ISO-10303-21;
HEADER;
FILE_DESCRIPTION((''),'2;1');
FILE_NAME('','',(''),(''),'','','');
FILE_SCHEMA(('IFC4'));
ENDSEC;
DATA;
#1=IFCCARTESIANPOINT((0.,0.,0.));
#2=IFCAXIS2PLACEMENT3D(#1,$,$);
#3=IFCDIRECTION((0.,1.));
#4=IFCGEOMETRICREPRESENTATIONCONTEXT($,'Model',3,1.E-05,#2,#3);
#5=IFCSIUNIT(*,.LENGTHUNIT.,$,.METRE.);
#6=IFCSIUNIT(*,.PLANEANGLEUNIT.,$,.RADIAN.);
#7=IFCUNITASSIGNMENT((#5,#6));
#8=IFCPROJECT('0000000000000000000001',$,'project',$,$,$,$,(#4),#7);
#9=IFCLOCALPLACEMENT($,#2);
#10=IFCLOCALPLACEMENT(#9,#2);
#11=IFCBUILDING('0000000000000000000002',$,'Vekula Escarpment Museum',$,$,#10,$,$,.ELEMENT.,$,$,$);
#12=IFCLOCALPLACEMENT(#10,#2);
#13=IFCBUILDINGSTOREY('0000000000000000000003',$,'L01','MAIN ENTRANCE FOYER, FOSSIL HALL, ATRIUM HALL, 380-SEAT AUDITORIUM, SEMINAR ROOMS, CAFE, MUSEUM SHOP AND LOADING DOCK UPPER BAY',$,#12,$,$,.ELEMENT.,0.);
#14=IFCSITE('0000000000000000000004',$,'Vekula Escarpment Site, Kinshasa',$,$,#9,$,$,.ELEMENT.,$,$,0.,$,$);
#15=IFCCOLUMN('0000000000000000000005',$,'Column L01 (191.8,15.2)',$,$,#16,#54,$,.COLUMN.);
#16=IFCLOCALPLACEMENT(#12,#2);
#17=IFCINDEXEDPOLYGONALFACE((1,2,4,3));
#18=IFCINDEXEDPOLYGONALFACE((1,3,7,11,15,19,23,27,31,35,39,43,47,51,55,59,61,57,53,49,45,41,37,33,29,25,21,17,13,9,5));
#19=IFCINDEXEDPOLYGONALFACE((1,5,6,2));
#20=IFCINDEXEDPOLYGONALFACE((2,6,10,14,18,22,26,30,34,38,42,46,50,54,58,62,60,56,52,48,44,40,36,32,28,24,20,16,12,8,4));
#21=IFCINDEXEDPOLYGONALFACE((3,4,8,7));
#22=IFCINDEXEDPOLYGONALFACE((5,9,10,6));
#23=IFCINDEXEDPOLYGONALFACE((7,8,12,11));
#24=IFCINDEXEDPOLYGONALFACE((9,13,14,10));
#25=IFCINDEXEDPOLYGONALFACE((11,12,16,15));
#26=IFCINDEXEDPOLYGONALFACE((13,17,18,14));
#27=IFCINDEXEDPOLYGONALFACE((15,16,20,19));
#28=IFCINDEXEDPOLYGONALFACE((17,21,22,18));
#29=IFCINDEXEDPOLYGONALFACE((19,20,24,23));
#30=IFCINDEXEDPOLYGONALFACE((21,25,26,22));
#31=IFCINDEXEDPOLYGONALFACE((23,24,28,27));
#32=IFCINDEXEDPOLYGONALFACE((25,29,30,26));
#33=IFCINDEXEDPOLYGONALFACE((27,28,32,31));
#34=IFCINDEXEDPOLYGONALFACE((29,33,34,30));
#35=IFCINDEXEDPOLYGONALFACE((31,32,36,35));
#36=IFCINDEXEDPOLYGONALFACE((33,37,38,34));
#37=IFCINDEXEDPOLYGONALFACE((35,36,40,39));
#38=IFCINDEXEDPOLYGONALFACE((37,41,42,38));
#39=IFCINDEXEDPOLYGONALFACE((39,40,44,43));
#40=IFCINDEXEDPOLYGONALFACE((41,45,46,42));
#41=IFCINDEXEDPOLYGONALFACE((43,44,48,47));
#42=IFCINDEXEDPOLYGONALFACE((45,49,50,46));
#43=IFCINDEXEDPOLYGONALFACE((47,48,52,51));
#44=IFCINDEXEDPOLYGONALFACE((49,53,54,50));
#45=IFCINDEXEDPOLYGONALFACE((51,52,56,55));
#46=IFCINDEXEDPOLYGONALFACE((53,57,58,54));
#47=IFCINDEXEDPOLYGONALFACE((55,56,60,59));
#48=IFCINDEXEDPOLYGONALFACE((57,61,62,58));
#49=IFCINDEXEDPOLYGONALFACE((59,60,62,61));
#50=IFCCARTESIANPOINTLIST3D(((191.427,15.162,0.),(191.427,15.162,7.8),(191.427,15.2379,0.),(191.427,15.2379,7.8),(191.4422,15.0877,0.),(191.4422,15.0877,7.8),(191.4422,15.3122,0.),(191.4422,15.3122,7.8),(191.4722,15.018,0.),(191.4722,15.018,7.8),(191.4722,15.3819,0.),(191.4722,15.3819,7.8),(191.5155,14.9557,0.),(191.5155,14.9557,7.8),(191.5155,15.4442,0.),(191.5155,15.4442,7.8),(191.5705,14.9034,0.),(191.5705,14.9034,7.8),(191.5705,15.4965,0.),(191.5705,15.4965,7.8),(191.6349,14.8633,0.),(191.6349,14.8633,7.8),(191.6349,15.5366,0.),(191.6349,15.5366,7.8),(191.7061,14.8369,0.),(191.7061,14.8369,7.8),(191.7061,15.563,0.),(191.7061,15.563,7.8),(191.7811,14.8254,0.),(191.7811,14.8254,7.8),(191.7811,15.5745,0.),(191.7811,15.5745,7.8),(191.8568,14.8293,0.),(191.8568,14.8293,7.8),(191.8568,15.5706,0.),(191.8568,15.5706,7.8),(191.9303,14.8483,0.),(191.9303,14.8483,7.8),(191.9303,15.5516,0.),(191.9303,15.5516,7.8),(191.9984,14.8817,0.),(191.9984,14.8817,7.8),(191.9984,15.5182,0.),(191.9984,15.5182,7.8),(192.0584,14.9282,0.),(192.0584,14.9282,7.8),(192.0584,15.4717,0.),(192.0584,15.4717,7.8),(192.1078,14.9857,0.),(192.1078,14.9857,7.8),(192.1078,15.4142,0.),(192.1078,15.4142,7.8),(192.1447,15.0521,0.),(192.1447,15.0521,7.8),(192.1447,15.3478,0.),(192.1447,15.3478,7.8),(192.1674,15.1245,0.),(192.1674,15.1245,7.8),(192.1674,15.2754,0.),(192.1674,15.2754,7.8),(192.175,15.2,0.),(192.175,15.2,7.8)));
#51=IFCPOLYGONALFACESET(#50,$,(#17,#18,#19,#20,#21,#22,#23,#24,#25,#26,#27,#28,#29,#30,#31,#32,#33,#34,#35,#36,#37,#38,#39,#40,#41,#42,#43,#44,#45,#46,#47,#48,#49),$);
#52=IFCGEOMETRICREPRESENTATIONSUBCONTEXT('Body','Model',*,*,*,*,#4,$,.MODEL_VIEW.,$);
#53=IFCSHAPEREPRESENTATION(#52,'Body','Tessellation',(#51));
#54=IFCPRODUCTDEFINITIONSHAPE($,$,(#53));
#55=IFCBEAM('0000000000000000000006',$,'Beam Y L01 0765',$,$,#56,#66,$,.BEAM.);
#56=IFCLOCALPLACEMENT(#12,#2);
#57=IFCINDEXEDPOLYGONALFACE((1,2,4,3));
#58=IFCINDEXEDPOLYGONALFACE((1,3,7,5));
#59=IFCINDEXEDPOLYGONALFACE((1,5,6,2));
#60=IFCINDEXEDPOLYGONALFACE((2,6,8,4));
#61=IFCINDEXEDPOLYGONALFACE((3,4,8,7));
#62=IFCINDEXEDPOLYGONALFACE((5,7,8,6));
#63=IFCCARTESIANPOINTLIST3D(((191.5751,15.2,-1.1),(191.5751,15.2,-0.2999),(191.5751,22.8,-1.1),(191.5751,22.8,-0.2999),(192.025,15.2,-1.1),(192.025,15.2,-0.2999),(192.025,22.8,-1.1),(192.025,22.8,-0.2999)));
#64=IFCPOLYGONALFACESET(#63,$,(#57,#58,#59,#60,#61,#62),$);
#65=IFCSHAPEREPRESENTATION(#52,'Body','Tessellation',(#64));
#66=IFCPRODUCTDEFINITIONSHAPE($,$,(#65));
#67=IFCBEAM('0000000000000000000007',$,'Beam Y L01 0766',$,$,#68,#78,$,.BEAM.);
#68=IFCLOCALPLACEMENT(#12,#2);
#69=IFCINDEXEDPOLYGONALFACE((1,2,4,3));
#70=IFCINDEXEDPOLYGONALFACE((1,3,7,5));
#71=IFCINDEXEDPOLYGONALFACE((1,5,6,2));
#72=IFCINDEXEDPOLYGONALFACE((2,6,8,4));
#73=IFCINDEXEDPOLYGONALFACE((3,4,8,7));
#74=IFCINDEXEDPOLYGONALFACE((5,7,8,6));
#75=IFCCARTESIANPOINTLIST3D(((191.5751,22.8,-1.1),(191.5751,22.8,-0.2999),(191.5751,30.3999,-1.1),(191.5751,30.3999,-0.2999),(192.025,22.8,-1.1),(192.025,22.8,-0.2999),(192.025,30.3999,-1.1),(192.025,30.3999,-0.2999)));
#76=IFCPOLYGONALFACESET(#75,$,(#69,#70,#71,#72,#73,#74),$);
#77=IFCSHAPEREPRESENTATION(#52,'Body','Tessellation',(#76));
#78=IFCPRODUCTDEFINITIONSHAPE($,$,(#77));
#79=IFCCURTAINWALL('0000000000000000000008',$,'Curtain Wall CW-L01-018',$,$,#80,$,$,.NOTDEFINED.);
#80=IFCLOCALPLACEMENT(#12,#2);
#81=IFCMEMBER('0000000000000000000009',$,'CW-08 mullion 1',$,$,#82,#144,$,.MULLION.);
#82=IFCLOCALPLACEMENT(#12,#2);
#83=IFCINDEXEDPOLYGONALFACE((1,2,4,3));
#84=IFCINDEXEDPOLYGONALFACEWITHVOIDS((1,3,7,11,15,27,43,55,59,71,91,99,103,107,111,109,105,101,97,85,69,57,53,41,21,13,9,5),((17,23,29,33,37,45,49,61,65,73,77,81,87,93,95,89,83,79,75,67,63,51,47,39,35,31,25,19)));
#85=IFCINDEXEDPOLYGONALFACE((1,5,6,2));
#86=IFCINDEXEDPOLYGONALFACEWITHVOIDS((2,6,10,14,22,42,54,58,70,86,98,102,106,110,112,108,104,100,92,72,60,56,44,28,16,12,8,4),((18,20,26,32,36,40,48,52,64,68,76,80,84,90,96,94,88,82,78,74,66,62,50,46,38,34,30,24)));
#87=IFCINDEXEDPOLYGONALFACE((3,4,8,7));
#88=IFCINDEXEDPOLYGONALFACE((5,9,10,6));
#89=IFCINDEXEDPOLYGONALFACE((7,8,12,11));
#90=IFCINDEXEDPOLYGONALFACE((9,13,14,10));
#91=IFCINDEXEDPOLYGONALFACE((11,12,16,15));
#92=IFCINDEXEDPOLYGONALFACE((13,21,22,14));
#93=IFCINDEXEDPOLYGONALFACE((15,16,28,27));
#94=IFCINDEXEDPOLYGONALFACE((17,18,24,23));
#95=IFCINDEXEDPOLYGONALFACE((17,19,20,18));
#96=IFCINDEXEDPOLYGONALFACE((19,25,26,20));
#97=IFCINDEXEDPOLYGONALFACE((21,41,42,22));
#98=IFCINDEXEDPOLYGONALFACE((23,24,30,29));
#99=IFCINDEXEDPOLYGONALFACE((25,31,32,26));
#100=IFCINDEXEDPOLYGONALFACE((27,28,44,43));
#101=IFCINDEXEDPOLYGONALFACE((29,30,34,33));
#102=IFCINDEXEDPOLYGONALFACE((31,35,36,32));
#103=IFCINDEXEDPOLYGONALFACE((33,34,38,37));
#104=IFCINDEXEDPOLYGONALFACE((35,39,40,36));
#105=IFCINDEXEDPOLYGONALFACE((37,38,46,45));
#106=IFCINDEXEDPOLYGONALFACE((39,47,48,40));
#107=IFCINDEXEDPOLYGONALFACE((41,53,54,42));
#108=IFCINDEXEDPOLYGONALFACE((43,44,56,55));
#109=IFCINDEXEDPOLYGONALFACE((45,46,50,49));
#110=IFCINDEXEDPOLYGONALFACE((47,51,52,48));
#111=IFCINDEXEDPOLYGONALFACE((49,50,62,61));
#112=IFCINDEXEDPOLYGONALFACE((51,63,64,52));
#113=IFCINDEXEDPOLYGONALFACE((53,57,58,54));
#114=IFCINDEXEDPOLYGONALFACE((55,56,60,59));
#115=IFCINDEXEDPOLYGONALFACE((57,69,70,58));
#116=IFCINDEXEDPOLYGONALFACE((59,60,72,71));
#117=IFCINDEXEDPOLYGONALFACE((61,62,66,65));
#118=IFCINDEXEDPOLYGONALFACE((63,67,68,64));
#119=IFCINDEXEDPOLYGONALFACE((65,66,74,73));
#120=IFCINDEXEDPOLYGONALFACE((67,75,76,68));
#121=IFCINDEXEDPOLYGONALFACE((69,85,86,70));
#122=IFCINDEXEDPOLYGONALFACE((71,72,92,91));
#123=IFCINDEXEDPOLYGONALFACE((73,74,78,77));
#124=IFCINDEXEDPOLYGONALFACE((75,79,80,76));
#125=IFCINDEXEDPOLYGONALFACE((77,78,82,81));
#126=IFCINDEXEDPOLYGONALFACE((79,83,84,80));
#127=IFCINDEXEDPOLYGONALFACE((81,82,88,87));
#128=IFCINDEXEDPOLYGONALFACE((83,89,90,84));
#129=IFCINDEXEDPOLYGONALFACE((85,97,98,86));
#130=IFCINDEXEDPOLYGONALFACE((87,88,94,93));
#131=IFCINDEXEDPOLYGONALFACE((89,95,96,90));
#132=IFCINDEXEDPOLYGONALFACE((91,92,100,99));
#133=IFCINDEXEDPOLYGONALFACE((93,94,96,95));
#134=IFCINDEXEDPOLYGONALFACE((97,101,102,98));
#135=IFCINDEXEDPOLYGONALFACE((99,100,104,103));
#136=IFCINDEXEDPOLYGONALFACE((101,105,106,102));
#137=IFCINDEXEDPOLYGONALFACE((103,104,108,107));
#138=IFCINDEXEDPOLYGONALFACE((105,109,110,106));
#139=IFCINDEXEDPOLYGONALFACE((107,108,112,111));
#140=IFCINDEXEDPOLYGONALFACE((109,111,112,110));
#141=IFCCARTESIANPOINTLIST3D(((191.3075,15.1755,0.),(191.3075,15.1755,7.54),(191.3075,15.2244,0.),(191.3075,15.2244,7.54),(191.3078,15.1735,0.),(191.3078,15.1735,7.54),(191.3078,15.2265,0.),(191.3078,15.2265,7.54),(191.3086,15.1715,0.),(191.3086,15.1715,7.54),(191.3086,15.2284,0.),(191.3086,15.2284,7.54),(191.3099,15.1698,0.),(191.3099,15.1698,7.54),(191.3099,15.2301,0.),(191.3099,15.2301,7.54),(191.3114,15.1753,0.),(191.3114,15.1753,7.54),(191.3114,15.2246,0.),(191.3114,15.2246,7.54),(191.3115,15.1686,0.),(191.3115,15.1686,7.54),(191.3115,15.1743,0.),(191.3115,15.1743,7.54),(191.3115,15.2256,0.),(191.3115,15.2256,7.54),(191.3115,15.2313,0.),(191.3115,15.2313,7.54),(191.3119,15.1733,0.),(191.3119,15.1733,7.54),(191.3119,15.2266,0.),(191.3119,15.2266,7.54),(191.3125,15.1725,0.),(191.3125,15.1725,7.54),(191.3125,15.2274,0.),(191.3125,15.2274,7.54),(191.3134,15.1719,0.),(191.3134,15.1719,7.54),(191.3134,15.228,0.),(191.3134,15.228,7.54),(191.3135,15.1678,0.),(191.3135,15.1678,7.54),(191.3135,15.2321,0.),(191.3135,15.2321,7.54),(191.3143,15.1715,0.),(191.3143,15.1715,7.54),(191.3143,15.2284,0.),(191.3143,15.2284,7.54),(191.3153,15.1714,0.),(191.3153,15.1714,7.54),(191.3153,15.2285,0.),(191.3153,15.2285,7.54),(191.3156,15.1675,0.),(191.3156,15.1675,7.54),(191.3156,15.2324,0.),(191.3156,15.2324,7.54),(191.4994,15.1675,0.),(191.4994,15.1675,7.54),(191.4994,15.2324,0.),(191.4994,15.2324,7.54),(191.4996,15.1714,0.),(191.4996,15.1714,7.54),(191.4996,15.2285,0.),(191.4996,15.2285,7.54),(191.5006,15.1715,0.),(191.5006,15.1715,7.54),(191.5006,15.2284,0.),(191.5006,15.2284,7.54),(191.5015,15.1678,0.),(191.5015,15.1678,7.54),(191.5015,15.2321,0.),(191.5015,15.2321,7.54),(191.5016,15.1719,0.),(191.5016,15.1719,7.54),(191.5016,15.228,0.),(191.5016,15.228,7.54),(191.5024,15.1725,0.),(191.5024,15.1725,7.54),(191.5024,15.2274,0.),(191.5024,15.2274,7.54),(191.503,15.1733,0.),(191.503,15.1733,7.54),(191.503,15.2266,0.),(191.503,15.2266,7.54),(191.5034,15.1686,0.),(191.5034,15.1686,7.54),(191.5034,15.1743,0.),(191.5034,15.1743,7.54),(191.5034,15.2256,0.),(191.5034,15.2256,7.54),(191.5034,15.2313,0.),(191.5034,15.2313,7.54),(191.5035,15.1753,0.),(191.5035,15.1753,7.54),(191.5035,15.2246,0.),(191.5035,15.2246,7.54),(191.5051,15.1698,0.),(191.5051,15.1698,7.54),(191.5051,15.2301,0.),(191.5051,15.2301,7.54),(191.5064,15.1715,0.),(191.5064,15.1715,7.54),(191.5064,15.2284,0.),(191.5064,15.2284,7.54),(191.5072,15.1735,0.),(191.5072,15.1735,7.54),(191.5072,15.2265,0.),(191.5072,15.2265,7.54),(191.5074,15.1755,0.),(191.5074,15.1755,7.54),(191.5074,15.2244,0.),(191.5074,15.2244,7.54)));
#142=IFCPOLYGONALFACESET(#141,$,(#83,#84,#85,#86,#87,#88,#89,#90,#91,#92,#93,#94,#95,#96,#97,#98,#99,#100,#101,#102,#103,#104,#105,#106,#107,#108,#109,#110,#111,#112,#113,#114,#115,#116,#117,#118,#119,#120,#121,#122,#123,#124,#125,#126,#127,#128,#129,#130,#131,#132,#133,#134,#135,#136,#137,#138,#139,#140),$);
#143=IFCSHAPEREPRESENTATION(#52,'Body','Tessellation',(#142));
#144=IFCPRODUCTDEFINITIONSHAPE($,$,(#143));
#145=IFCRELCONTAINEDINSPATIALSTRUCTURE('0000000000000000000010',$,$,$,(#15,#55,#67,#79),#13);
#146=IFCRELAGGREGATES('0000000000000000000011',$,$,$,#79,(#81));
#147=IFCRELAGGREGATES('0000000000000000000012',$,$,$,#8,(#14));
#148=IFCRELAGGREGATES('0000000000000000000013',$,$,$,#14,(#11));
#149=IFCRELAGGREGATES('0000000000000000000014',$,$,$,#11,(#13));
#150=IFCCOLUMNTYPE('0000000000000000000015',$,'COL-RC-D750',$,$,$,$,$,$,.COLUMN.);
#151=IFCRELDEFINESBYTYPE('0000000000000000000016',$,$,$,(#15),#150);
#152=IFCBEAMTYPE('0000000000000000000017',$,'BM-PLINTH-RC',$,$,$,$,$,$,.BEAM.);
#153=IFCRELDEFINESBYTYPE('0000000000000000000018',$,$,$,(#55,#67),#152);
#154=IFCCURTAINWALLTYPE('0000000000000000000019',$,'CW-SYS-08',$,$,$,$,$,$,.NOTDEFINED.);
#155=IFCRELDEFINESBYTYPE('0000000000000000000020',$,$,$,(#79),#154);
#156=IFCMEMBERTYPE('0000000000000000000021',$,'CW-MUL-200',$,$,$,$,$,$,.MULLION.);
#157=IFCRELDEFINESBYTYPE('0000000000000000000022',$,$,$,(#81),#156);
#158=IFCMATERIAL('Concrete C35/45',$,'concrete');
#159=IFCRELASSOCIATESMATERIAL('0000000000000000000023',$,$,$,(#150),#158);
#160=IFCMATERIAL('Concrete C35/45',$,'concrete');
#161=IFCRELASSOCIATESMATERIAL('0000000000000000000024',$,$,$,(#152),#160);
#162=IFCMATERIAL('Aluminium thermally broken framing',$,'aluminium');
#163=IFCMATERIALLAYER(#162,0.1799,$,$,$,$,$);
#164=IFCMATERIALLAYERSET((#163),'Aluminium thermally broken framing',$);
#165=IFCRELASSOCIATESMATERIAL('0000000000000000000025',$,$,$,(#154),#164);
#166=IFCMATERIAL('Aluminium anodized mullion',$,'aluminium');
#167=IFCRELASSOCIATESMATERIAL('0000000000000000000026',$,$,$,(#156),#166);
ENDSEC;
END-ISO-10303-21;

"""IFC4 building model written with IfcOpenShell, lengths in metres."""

from ifc_helpers import new_model, si_unit, direction, frame, origin, origin_2d, place, context, subcontext, project, spatial, rectangle, hollow_rectangle, circle, extrude, material, layer, layer_set, material_profile, profile_set, type_object, element, aggregate, save


model = new_model("IFC4")

# Units and contexts
model_context = context("Model", 3, precision=1e-05, world=origin(), true_north=direction((0.0, 1.0)))
body_context = subcontext(model_context, "Body", "Model", "MODEL_VIEW")
ifc_project = project(units=[si_unit("LENGTHUNIT", "METRE"), si_unit("PLANEANGLEUNIT", "RADIAN")], contexts=[model_context])

# Site, building, storey
site_placement = place(None, origin())
site = spatial("IfcSite", under=ifc_project, at=site_placement, Name="Vekula Escarpment Site, Kinshasa", CompositionType="ELEMENT", RefElevation=0.0)
building_placement = place(site_placement, origin())
building = spatial("IfcBuilding", under=site, at=building_placement, Name="Vekula Escarpment Museum", CompositionType="ELEMENT")
storey_placement = place(building_placement, origin())
storey = spatial("IfcBuildingStorey", under=building, at=storey_placement, Name="L01", Description="MAIN ENTRANCE FOYER, FOSSIL HALL, ATRIUM HALL, 380-SEAT AUDITORIUM, SEMINAR ROOMS, CAFE, MUSEUM SHOP AND LOADING DOCK UPPER BAY", CompositionType="ELEMENT", Elevation=0.0)

# Column
ifc_material_1 = material(Name="Concrete C35/45", Category="concrete")
ifc_material_profile_1 = material_profile(ifc_material_1, circle(Radius=0.375, at=origin_2d()), Name="RC COL D750")
ifc_profile_set_1 = profile_set([ifc_material_profile_1], Name="Concrete C35/45")
column_type = type_object("IfcColumnType", Name="COL-RC-D750", PredefinedType="COLUMN", material=ifc_profile_set_1)
column_placement = place(storey_placement, frame((191.8, 15.2, 0.0), z_axis=(0.0, 0.0, 1.0), x_axis=(1.0, 0.0, 0.0)))
element("IfcColumn", 1, at=column_placement, inside=storey, type_object=column_type, Name="Column L01 (191.8,15.2)", PredefinedType="COLUMN", context=body_context, shape_type="SweptSolid", body=[
    extrude(circle(Radius=0.375, at=origin_2d()), origin(), (0.0, 0.0, 1.0), 7.8),
])

# Beams
ifc_material_2 = material(Name="Concrete C35/45", Category="concrete")
ifc_material_profile_2 = material_profile(ifc_material_2, rectangle(XDim=0.45, YDim=0.8, at=origin_2d()), Name="RC 450x800")
ifc_profile_set_2 = profile_set([ifc_material_profile_2], Name="Concrete C35/45")
beam_type = type_object("IfcBeamType", Name="BM-PLINTH-RC", PredefinedType="BEAM", material=ifc_profile_set_2)
beam_1_placement = place(storey_placement, frame((191.8, 15.2, -0.7), z_axis=(0.0, 1.0, 0.0), x_axis=(-1.0, 0.0, 0.0)))
element("IfcBeam", 2, at=beam_1_placement, inside=storey, type_object=beam_type, Name="Beam Y L01 0765", PredefinedType="BEAM", context=body_context, shape_type="SweptSolid", body=[
    extrude(rectangle(XDim=0.45, YDim=0.8, at=origin_2d()), origin(), (0.0, 0.0, 1.0), 7.6001),
])
beam_2_placement = place(storey_placement, frame((191.8, 22.8, -0.7), z_axis=(0.0, 1.0, 0.0), x_axis=(-1.0, 0.0, 0.0)))
element("IfcBeam", 3, at=beam_2_placement, inside=storey, type_object=beam_type, Name="Beam Y L01 0766", PredefinedType="BEAM", context=body_context, shape_type="SweptSolid", body=[
    extrude(rectangle(XDim=0.45, YDim=0.8, at=origin_2d()), origin(), (0.0, 0.0, 1.0), 7.5999),
])

# Curtain wall, member
ifc_material_3 = material(Name="Aluminium thermally broken framing", Category="aluminium")
ifc_layer_1 = layer(ifc_material_3, 0.1799)
ifc_layer_set_1 = layer_set([ifc_layer_1], Name="Aluminium thermally broken framing")
curtain_wall_type = type_object("IfcCurtainWallType", Name="CW-SYS-08", PredefinedType="NOTDEFINED", material=ifc_layer_set_1)
curtain_wall_placement = place(storey_placement, origin())
curtain_wall = element("IfcCurtainWall", 4, at=curtain_wall_placement, inside=storey, type_object=curtain_wall_type, Name="Curtain Wall CW-L01-018", PredefinedType="NOTDEFINED")
ifc_material_4 = material(Name="Aluminium anodized mullion", Category="aluminium")
ifc_material_profile_3 = material_profile(ifc_material_4, hollow_rectangle(XDim=0.0649, YDim=0.2, WallThickness=0.0039, InnerFilletRadius=0.0039, OuterFilletRadius=0.0081, at=origin_2d()), Name="ALU 200x65x4")
ifc_profile_set_3 = profile_set([ifc_material_profile_3], Name="Aluminium anodized mullion")
member_type_1 = type_object("IfcMemberType", Name="CW-MUL-200", PredefinedType="MULLION", material=ifc_profile_set_3)
member_1_placement = place(storey_placement, frame((191.4075, 15.2, 0.0), z_axis=(0.0, 0.0, 1.0), x_axis=(0.0, -1.0, 0.0)))
member_1 = element("IfcMember", 5, at=member_1_placement, type_object=member_type_1, Name="CW-08 mullion 1", PredefinedType="MULLION", context=body_context, shape_type="SweptSolid", body=[
    extrude(hollow_rectangle(XDim=0.0649, YDim=0.2, WallThickness=0.0039, InnerFilletRadius=0.0039, OuterFilletRadius=0.0081, at=origin_2d()), origin(), (0.0, 0.0, 1.0), 7.54),
])
aggregate(curtain_wall, [member_1])

save(model, "model.ifc")
